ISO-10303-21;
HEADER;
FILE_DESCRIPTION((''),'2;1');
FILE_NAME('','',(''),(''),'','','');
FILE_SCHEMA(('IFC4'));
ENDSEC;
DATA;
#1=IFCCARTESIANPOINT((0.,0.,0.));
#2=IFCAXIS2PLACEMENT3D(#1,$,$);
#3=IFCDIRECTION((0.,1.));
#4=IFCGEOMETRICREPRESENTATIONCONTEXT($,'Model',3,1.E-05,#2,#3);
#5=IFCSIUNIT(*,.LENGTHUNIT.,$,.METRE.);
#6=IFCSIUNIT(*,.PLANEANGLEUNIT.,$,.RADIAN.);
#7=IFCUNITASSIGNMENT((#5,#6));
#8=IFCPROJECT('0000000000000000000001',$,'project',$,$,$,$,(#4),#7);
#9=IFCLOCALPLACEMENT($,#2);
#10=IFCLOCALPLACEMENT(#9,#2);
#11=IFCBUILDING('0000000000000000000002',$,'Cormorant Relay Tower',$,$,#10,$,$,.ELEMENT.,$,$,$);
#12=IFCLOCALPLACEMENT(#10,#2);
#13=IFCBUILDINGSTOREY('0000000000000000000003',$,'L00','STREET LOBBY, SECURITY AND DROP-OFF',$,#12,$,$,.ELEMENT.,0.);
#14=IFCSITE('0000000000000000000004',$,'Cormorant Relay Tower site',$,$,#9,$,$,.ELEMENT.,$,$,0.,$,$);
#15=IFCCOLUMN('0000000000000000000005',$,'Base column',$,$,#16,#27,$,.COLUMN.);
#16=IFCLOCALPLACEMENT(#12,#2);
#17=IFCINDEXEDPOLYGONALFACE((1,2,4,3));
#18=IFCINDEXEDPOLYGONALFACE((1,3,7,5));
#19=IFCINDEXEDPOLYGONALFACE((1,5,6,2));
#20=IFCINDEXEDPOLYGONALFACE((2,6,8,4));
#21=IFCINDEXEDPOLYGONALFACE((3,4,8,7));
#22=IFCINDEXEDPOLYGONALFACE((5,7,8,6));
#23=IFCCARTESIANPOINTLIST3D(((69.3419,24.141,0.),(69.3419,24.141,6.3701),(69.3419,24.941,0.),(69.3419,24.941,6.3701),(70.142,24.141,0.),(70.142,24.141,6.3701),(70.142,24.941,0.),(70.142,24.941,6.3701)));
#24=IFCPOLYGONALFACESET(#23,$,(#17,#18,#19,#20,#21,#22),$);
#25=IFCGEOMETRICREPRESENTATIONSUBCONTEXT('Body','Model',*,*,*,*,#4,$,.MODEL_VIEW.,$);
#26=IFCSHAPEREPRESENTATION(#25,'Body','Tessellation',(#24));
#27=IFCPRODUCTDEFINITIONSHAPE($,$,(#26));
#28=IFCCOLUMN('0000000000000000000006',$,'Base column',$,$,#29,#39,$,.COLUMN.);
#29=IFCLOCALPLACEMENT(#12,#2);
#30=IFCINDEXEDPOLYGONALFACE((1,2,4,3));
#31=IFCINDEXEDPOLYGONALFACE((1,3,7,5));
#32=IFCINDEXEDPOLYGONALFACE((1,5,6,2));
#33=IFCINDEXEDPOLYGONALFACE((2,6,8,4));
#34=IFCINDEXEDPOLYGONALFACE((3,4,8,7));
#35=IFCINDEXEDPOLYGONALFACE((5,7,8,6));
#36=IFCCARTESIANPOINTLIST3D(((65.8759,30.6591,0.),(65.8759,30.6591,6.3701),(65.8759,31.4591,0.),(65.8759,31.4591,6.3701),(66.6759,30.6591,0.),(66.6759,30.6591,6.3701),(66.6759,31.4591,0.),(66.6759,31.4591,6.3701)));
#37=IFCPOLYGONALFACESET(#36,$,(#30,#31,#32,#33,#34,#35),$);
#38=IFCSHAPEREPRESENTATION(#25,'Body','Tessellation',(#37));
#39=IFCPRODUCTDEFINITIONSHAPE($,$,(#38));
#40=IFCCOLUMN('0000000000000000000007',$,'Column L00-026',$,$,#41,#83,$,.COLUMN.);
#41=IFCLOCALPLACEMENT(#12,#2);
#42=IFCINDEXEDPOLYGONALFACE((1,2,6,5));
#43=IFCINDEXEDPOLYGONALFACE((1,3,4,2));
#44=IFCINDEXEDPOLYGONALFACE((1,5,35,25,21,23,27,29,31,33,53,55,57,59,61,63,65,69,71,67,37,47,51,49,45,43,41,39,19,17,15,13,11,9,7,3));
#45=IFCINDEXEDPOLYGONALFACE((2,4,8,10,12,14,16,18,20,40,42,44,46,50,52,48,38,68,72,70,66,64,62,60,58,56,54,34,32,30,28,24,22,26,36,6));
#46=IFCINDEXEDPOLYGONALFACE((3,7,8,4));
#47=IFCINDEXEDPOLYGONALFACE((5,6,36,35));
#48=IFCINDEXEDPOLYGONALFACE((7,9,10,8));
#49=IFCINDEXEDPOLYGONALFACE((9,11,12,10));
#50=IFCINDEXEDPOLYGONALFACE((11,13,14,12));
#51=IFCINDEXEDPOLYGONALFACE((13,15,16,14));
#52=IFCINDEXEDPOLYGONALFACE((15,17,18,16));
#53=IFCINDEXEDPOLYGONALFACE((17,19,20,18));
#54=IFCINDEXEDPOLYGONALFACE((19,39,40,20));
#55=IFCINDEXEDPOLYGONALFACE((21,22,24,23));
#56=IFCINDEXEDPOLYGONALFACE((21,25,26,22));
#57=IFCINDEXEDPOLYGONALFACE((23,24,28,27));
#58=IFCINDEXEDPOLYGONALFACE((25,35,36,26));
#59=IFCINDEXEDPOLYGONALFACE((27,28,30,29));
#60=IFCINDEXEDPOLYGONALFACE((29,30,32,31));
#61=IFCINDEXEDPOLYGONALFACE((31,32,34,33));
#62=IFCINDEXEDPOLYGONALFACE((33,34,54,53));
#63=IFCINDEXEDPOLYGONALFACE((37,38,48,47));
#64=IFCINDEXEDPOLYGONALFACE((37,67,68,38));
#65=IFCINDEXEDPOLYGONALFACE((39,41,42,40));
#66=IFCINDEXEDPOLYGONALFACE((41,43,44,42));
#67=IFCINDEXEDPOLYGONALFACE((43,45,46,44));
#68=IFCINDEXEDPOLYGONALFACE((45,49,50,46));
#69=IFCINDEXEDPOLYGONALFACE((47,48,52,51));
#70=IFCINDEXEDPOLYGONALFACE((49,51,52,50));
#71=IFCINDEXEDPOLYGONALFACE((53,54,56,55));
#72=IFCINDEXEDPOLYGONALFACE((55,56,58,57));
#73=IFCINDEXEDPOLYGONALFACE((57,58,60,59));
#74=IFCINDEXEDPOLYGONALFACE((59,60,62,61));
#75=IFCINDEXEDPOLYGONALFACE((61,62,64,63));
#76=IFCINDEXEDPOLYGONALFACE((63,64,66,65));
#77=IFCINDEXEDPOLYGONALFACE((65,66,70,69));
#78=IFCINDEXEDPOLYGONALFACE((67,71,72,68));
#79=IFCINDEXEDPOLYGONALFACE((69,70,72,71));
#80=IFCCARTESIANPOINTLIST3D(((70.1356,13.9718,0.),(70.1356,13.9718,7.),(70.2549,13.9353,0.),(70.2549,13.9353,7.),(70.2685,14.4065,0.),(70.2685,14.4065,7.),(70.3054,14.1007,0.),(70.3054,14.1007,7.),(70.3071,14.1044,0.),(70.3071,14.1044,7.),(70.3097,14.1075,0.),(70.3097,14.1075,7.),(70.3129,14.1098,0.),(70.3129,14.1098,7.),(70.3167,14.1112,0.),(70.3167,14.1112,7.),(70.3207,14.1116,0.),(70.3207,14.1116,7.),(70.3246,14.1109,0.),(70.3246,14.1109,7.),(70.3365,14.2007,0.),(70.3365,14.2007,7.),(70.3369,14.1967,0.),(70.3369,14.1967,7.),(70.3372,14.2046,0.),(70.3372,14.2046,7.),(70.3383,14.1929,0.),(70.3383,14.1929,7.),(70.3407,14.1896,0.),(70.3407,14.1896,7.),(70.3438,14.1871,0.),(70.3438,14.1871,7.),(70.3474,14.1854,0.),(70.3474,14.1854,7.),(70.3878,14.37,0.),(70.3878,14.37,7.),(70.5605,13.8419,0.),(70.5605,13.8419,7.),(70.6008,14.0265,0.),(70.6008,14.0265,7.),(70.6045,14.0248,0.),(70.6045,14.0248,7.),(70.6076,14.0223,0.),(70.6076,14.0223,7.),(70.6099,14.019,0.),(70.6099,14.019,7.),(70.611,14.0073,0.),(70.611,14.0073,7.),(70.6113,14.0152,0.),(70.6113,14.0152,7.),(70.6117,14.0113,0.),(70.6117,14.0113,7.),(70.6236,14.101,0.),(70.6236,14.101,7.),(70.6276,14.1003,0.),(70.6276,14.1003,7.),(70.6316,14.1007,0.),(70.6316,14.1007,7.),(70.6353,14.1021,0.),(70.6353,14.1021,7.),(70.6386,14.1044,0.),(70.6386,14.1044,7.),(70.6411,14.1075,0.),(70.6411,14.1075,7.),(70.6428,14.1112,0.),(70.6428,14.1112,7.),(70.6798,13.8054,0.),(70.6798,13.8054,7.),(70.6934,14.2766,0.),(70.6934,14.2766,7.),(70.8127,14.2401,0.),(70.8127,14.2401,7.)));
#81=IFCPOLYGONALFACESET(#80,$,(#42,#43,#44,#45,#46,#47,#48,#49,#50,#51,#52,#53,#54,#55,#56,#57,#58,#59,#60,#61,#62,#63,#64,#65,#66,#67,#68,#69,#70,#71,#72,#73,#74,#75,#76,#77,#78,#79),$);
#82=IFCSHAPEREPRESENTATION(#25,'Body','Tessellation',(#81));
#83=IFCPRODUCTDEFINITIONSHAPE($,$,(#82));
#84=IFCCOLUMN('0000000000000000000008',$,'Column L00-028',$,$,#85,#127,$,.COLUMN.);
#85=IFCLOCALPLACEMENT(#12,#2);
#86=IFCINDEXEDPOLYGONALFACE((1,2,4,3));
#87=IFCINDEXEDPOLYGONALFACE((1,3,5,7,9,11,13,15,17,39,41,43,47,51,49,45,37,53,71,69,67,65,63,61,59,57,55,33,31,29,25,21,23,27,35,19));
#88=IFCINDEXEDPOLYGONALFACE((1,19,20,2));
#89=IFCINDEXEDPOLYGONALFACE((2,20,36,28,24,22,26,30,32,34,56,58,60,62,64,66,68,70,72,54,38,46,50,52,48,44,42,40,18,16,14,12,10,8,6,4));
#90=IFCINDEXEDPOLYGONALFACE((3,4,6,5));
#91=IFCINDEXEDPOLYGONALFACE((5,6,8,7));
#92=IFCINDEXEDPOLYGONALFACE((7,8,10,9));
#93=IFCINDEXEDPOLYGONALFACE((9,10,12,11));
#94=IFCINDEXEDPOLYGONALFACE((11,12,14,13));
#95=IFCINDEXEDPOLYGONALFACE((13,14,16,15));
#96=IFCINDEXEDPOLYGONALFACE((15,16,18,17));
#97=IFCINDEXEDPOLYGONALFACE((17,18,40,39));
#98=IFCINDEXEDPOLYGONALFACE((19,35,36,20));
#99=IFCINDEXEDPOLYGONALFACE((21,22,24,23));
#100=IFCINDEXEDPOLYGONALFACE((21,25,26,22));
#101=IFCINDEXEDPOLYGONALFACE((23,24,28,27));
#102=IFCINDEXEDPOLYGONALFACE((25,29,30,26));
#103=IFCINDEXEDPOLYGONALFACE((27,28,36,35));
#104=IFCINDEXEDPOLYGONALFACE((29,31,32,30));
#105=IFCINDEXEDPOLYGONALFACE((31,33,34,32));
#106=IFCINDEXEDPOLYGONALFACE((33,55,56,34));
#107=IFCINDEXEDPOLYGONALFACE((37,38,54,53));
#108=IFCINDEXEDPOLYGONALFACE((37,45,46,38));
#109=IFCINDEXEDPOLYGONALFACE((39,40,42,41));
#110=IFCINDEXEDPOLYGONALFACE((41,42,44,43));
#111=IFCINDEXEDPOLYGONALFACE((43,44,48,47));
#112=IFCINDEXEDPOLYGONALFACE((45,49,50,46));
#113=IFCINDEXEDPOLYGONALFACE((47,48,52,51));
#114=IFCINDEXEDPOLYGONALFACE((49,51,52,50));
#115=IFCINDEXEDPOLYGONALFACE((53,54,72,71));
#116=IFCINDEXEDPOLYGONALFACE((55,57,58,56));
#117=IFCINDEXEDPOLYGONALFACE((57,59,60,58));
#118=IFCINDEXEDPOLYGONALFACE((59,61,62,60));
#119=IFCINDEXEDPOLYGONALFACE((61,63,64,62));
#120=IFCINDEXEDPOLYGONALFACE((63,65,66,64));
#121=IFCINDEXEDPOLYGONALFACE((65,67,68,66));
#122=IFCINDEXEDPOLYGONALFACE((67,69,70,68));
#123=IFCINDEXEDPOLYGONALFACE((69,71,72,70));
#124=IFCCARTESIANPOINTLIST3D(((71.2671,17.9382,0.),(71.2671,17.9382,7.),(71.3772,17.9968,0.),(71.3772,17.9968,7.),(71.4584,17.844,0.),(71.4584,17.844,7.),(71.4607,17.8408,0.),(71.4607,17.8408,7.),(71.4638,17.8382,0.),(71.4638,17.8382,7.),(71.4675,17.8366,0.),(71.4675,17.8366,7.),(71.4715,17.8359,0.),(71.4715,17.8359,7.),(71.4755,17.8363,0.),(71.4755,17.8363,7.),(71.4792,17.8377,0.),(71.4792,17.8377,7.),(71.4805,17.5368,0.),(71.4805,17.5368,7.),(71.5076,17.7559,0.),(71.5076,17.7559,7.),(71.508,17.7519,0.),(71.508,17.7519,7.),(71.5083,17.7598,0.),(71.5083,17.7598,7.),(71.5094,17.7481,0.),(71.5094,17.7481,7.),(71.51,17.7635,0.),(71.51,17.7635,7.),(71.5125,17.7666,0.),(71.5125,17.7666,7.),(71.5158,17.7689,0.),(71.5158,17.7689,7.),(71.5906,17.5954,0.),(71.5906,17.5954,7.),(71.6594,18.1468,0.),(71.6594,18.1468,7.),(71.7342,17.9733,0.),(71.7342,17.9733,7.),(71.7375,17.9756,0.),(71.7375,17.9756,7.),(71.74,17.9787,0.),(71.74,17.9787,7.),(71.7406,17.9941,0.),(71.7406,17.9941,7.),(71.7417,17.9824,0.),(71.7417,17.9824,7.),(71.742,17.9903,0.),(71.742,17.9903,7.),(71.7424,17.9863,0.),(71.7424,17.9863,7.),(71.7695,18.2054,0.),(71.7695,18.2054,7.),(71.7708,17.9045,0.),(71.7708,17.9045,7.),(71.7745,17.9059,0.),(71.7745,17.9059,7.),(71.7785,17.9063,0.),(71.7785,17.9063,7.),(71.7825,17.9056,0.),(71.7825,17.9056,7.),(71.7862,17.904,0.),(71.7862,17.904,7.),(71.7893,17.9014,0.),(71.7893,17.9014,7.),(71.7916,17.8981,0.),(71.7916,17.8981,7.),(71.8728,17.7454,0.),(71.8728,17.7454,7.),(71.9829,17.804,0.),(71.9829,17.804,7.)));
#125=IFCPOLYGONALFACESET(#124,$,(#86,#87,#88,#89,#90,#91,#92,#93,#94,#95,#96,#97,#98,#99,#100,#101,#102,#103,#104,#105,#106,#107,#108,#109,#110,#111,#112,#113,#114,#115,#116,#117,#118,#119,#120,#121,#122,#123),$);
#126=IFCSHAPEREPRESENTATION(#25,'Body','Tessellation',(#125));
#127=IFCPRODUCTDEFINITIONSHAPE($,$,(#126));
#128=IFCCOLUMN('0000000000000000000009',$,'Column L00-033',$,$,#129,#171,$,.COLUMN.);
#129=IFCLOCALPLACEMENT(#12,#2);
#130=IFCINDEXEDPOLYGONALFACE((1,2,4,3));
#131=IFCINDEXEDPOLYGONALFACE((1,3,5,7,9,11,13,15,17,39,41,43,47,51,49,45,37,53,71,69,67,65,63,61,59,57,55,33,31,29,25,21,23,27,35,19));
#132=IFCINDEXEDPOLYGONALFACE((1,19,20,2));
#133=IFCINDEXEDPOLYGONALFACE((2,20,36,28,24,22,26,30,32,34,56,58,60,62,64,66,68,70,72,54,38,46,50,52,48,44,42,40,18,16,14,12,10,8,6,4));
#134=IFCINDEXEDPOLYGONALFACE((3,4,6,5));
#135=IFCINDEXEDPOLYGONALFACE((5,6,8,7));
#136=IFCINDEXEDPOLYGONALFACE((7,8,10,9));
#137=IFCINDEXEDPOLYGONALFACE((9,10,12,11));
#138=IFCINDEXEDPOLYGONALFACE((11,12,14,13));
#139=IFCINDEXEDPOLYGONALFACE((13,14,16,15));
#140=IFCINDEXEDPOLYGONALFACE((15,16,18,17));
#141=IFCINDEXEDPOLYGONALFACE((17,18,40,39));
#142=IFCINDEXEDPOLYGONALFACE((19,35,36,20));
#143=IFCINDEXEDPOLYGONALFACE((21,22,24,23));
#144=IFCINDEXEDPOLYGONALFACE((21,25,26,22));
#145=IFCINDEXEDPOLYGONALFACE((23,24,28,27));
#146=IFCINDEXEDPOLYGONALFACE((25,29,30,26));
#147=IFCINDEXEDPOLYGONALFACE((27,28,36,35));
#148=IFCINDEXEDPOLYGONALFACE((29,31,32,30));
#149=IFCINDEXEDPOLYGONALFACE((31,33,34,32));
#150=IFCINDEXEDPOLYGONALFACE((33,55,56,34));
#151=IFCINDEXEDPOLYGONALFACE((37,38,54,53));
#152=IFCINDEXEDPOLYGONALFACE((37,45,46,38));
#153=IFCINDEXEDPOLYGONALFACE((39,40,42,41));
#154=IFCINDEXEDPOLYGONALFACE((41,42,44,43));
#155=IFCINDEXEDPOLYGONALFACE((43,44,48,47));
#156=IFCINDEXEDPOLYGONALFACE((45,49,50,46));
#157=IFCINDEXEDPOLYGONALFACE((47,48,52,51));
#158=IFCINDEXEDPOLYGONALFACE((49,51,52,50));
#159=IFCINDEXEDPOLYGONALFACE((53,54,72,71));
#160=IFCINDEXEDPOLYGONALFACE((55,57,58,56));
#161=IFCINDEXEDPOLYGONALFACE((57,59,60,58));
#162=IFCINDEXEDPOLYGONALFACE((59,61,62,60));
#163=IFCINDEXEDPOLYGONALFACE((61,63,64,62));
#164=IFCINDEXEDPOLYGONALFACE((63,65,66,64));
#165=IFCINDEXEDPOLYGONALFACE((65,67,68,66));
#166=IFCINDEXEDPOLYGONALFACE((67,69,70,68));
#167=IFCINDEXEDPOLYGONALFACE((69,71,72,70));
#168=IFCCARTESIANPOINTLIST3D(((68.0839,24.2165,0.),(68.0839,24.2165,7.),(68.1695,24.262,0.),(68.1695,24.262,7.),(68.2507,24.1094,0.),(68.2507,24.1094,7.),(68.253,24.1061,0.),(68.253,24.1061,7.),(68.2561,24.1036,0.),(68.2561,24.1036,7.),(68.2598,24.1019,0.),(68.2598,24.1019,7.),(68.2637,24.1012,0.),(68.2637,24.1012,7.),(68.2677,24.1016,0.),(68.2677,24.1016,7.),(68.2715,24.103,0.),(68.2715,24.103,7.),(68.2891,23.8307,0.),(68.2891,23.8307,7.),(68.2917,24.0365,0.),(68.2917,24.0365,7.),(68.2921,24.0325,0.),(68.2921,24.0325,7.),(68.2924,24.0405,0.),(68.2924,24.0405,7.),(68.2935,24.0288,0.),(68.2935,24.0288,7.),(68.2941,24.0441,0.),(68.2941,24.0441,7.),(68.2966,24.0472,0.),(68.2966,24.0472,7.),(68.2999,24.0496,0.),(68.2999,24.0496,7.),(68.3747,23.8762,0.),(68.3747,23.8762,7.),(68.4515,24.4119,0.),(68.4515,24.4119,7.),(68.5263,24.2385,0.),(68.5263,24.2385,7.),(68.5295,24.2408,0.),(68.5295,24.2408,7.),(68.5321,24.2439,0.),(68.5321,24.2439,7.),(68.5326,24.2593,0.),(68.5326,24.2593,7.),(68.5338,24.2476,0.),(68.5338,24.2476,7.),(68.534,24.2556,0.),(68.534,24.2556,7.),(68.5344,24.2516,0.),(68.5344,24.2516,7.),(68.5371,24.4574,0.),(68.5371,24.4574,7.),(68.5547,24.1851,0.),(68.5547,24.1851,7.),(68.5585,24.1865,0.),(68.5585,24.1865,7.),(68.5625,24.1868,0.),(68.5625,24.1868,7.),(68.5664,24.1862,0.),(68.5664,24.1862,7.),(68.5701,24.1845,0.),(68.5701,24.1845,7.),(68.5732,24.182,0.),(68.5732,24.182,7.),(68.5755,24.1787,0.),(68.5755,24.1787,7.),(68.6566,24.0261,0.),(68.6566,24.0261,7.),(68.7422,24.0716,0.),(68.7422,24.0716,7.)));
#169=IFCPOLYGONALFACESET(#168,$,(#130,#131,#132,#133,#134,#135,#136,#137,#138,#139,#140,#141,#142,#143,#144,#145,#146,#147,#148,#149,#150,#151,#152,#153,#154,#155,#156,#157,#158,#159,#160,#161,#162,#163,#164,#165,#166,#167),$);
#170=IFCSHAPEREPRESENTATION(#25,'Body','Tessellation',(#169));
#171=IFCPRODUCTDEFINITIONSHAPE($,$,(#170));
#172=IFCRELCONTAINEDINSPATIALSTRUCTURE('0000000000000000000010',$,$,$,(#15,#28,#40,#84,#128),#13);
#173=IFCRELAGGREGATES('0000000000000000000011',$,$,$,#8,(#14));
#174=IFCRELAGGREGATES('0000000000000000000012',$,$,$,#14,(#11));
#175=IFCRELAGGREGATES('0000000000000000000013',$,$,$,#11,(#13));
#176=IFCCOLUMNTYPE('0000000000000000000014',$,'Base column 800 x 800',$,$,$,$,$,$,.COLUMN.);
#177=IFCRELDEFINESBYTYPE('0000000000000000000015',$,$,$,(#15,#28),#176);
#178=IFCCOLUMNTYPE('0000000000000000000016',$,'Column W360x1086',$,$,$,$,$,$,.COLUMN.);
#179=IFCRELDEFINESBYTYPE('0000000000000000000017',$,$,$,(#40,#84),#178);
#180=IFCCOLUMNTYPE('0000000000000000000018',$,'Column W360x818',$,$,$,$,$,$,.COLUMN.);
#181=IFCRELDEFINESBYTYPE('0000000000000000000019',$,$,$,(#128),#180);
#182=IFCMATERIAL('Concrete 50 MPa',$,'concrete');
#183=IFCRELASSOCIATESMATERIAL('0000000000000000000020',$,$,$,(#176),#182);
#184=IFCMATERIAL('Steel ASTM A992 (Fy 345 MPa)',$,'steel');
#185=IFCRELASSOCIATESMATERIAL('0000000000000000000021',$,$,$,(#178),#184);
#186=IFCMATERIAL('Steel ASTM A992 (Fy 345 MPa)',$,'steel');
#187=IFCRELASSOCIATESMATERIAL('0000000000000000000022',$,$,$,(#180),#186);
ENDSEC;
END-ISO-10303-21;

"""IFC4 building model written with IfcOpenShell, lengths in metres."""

from ifc_helpers import new_model, si_unit, direction, frame, origin, origin_2d, place, context, subcontext, project, spatial, rectangle, i_section, extrude, material, material_profile, profile_set, type_object, element, save


model = new_model("IFC4")

# Units and contexts
model_context = context("Model", 3, precision=1e-05, world=origin(), true_north=direction((0.0, 1.0)))
body_context = subcontext(model_context, "Body", "Model", "MODEL_VIEW")
ifc_project = project(units=[si_unit("LENGTHUNIT", "METRE"), si_unit("PLANEANGLEUNIT", "RADIAN")], contexts=[model_context])

# Site, building, storey
site_placement = place(None, origin())
site = spatial("IfcSite", under=ifc_project, at=site_placement, Name="Cormorant Relay Tower site", CompositionType="ELEMENT", RefElevation=0.0)
building_placement = place(site_placement, origin())
building = spatial("IfcBuilding", under=site, at=building_placement, Name="Cormorant Relay Tower", CompositionType="ELEMENT")
storey_placement = place(building_placement, origin())
storey = spatial("IfcBuildingStorey", under=building, at=storey_placement, Name="L00", Description="STREET LOBBY, SECURITY AND DROP-OFF", CompositionType="ELEMENT", Elevation=0.0)

# Columns
ifc_material_1 = material(Name="Concrete 50 MPa", Category="concrete")
ifc_material_profile_1 = material_profile(ifc_material_1, rectangle(XDim=0.8, YDim=0.8, at=origin_2d()), Name="RC 800x800")
ifc_profile_set_1 = profile_set([ifc_material_profile_1], Name="Concrete 50 MPa")
column_type_1 = type_object("IfcColumnType", Name="Base column 800 x 800", PredefinedType="COLUMN", material=ifc_profile_set_1)
for number, where, z_axis, x_axis, name in (
    (1, (69.7419, 24.541, 0.0), (0.0, 0.0, 1.0), (1.0, 0.0, 0.0), "Base column"),
    (2, (66.2759, 31.0591, 0.0), (0.0, 0.0, 1.0), (1.0, 0.0, 0.0), "Base column"),
):
    element("IfcColumn", number, at=place(storey_placement, frame(where, z_axis=z_axis, x_axis=x_axis)), inside=storey, type_object=column_type_1, Name=name, PredefinedType="COLUMN", context=body_context, shape_type="SweptSolid", body=[
        extrude(rectangle(XDim=0.8, YDim=0.8, at=origin_2d()), origin(), (0.0, 0.0, 1.0), 6.3701),
    ])
ifc_material_2 = material(Name="Steel ASTM A992 (Fy 345 MPa)", Category="steel")
ifc_material_profile_2 = material_profile(ifc_material_2, i_section(OverallWidth=0.4546, OverallDepth=0.5691, WebThickness=0.0779, FlangeThickness=0.1248, FilletRadius=0.0154, at=origin_2d()), Name="W360x1086")
ifc_profile_set_2 = profile_set([ifc_material_profile_2], Name="Steel ASTM A992 (Fy 345 MPa)")
column_type_2 = type_object("IfcColumnType", Name="Column W360x1086", PredefinedType="COLUMN", material=ifc_profile_set_2)
for number, where, z_axis, x_axis, name in (
    (3, (70.4741, 14.106, 0.0), (0.0, 0.0, 1.0), (0.292372, 0.956305, 0.0), "Column L00-026"),
    (4, (71.625, 17.8711, 0.0), (0.0, 0.0, 1.0), (-0.469472, 0.882948, 0.0), "Column L00-028"),
):
    element("IfcColumn", number, at=place(storey_placement, frame(where, z_axis=z_axis, x_axis=x_axis)), inside=storey, type_object=column_type_2, Name=name, PredefinedType="COLUMN", context=body_context, shape_type="SweptSolid", body=[
        extrude(i_section(OverallWidth=0.4546, OverallDepth=0.5691, WebThickness=0.0779, FlangeThickness=0.1248, FilletRadius=0.0154, at=origin_2d()), origin(), (0.0, 0.0, 1.0), 7.0),
    ])
ifc_material_3 = material(Name="Steel ASTM A992 (Fy 345 MPa)", Category="steel")
ifc_material_profile_3 = material_profile(ifc_material_3, i_section(OverallWidth=0.437, OverallDepth=0.5132, WebThickness=0.0605, FlangeThickness=0.0969, FilletRadius=0.0154, at=origin_2d()), Name="W360x818")
ifc_profile_set_3 = profile_set([ifc_material_profile_3], Name="Steel ASTM A992 (Fy 345 MPa)")
column_type_3 = type_object("IfcColumnType", Name="Column W360x818", PredefinedType="COLUMN", material=ifc_profile_set_3)
for number, where, z_axis, x_axis, name in (
    (5, (68.4131, 24.144, 0.0), (0.0, 0.0, 1.0), (-0.469472, 0.882948, 0.0), "Column L00-033"),
):
    element("IfcColumn", number, at=place(storey_placement, frame(where, z_axis=z_axis, x_axis=x_axis)), inside=storey, type_object=column_type_3, Name=name, PredefinedType="COLUMN", context=body_context, shape_type="SweptSolid", body=[
        extrude(i_section(OverallWidth=0.437, OverallDepth=0.5132, WebThickness=0.0605, FlangeThickness=0.0969, FilletRadius=0.0154, at=origin_2d()), origin(), (0.0, 0.0, 1.0), 7.0),
    ])

save(model, "model.ifc")
